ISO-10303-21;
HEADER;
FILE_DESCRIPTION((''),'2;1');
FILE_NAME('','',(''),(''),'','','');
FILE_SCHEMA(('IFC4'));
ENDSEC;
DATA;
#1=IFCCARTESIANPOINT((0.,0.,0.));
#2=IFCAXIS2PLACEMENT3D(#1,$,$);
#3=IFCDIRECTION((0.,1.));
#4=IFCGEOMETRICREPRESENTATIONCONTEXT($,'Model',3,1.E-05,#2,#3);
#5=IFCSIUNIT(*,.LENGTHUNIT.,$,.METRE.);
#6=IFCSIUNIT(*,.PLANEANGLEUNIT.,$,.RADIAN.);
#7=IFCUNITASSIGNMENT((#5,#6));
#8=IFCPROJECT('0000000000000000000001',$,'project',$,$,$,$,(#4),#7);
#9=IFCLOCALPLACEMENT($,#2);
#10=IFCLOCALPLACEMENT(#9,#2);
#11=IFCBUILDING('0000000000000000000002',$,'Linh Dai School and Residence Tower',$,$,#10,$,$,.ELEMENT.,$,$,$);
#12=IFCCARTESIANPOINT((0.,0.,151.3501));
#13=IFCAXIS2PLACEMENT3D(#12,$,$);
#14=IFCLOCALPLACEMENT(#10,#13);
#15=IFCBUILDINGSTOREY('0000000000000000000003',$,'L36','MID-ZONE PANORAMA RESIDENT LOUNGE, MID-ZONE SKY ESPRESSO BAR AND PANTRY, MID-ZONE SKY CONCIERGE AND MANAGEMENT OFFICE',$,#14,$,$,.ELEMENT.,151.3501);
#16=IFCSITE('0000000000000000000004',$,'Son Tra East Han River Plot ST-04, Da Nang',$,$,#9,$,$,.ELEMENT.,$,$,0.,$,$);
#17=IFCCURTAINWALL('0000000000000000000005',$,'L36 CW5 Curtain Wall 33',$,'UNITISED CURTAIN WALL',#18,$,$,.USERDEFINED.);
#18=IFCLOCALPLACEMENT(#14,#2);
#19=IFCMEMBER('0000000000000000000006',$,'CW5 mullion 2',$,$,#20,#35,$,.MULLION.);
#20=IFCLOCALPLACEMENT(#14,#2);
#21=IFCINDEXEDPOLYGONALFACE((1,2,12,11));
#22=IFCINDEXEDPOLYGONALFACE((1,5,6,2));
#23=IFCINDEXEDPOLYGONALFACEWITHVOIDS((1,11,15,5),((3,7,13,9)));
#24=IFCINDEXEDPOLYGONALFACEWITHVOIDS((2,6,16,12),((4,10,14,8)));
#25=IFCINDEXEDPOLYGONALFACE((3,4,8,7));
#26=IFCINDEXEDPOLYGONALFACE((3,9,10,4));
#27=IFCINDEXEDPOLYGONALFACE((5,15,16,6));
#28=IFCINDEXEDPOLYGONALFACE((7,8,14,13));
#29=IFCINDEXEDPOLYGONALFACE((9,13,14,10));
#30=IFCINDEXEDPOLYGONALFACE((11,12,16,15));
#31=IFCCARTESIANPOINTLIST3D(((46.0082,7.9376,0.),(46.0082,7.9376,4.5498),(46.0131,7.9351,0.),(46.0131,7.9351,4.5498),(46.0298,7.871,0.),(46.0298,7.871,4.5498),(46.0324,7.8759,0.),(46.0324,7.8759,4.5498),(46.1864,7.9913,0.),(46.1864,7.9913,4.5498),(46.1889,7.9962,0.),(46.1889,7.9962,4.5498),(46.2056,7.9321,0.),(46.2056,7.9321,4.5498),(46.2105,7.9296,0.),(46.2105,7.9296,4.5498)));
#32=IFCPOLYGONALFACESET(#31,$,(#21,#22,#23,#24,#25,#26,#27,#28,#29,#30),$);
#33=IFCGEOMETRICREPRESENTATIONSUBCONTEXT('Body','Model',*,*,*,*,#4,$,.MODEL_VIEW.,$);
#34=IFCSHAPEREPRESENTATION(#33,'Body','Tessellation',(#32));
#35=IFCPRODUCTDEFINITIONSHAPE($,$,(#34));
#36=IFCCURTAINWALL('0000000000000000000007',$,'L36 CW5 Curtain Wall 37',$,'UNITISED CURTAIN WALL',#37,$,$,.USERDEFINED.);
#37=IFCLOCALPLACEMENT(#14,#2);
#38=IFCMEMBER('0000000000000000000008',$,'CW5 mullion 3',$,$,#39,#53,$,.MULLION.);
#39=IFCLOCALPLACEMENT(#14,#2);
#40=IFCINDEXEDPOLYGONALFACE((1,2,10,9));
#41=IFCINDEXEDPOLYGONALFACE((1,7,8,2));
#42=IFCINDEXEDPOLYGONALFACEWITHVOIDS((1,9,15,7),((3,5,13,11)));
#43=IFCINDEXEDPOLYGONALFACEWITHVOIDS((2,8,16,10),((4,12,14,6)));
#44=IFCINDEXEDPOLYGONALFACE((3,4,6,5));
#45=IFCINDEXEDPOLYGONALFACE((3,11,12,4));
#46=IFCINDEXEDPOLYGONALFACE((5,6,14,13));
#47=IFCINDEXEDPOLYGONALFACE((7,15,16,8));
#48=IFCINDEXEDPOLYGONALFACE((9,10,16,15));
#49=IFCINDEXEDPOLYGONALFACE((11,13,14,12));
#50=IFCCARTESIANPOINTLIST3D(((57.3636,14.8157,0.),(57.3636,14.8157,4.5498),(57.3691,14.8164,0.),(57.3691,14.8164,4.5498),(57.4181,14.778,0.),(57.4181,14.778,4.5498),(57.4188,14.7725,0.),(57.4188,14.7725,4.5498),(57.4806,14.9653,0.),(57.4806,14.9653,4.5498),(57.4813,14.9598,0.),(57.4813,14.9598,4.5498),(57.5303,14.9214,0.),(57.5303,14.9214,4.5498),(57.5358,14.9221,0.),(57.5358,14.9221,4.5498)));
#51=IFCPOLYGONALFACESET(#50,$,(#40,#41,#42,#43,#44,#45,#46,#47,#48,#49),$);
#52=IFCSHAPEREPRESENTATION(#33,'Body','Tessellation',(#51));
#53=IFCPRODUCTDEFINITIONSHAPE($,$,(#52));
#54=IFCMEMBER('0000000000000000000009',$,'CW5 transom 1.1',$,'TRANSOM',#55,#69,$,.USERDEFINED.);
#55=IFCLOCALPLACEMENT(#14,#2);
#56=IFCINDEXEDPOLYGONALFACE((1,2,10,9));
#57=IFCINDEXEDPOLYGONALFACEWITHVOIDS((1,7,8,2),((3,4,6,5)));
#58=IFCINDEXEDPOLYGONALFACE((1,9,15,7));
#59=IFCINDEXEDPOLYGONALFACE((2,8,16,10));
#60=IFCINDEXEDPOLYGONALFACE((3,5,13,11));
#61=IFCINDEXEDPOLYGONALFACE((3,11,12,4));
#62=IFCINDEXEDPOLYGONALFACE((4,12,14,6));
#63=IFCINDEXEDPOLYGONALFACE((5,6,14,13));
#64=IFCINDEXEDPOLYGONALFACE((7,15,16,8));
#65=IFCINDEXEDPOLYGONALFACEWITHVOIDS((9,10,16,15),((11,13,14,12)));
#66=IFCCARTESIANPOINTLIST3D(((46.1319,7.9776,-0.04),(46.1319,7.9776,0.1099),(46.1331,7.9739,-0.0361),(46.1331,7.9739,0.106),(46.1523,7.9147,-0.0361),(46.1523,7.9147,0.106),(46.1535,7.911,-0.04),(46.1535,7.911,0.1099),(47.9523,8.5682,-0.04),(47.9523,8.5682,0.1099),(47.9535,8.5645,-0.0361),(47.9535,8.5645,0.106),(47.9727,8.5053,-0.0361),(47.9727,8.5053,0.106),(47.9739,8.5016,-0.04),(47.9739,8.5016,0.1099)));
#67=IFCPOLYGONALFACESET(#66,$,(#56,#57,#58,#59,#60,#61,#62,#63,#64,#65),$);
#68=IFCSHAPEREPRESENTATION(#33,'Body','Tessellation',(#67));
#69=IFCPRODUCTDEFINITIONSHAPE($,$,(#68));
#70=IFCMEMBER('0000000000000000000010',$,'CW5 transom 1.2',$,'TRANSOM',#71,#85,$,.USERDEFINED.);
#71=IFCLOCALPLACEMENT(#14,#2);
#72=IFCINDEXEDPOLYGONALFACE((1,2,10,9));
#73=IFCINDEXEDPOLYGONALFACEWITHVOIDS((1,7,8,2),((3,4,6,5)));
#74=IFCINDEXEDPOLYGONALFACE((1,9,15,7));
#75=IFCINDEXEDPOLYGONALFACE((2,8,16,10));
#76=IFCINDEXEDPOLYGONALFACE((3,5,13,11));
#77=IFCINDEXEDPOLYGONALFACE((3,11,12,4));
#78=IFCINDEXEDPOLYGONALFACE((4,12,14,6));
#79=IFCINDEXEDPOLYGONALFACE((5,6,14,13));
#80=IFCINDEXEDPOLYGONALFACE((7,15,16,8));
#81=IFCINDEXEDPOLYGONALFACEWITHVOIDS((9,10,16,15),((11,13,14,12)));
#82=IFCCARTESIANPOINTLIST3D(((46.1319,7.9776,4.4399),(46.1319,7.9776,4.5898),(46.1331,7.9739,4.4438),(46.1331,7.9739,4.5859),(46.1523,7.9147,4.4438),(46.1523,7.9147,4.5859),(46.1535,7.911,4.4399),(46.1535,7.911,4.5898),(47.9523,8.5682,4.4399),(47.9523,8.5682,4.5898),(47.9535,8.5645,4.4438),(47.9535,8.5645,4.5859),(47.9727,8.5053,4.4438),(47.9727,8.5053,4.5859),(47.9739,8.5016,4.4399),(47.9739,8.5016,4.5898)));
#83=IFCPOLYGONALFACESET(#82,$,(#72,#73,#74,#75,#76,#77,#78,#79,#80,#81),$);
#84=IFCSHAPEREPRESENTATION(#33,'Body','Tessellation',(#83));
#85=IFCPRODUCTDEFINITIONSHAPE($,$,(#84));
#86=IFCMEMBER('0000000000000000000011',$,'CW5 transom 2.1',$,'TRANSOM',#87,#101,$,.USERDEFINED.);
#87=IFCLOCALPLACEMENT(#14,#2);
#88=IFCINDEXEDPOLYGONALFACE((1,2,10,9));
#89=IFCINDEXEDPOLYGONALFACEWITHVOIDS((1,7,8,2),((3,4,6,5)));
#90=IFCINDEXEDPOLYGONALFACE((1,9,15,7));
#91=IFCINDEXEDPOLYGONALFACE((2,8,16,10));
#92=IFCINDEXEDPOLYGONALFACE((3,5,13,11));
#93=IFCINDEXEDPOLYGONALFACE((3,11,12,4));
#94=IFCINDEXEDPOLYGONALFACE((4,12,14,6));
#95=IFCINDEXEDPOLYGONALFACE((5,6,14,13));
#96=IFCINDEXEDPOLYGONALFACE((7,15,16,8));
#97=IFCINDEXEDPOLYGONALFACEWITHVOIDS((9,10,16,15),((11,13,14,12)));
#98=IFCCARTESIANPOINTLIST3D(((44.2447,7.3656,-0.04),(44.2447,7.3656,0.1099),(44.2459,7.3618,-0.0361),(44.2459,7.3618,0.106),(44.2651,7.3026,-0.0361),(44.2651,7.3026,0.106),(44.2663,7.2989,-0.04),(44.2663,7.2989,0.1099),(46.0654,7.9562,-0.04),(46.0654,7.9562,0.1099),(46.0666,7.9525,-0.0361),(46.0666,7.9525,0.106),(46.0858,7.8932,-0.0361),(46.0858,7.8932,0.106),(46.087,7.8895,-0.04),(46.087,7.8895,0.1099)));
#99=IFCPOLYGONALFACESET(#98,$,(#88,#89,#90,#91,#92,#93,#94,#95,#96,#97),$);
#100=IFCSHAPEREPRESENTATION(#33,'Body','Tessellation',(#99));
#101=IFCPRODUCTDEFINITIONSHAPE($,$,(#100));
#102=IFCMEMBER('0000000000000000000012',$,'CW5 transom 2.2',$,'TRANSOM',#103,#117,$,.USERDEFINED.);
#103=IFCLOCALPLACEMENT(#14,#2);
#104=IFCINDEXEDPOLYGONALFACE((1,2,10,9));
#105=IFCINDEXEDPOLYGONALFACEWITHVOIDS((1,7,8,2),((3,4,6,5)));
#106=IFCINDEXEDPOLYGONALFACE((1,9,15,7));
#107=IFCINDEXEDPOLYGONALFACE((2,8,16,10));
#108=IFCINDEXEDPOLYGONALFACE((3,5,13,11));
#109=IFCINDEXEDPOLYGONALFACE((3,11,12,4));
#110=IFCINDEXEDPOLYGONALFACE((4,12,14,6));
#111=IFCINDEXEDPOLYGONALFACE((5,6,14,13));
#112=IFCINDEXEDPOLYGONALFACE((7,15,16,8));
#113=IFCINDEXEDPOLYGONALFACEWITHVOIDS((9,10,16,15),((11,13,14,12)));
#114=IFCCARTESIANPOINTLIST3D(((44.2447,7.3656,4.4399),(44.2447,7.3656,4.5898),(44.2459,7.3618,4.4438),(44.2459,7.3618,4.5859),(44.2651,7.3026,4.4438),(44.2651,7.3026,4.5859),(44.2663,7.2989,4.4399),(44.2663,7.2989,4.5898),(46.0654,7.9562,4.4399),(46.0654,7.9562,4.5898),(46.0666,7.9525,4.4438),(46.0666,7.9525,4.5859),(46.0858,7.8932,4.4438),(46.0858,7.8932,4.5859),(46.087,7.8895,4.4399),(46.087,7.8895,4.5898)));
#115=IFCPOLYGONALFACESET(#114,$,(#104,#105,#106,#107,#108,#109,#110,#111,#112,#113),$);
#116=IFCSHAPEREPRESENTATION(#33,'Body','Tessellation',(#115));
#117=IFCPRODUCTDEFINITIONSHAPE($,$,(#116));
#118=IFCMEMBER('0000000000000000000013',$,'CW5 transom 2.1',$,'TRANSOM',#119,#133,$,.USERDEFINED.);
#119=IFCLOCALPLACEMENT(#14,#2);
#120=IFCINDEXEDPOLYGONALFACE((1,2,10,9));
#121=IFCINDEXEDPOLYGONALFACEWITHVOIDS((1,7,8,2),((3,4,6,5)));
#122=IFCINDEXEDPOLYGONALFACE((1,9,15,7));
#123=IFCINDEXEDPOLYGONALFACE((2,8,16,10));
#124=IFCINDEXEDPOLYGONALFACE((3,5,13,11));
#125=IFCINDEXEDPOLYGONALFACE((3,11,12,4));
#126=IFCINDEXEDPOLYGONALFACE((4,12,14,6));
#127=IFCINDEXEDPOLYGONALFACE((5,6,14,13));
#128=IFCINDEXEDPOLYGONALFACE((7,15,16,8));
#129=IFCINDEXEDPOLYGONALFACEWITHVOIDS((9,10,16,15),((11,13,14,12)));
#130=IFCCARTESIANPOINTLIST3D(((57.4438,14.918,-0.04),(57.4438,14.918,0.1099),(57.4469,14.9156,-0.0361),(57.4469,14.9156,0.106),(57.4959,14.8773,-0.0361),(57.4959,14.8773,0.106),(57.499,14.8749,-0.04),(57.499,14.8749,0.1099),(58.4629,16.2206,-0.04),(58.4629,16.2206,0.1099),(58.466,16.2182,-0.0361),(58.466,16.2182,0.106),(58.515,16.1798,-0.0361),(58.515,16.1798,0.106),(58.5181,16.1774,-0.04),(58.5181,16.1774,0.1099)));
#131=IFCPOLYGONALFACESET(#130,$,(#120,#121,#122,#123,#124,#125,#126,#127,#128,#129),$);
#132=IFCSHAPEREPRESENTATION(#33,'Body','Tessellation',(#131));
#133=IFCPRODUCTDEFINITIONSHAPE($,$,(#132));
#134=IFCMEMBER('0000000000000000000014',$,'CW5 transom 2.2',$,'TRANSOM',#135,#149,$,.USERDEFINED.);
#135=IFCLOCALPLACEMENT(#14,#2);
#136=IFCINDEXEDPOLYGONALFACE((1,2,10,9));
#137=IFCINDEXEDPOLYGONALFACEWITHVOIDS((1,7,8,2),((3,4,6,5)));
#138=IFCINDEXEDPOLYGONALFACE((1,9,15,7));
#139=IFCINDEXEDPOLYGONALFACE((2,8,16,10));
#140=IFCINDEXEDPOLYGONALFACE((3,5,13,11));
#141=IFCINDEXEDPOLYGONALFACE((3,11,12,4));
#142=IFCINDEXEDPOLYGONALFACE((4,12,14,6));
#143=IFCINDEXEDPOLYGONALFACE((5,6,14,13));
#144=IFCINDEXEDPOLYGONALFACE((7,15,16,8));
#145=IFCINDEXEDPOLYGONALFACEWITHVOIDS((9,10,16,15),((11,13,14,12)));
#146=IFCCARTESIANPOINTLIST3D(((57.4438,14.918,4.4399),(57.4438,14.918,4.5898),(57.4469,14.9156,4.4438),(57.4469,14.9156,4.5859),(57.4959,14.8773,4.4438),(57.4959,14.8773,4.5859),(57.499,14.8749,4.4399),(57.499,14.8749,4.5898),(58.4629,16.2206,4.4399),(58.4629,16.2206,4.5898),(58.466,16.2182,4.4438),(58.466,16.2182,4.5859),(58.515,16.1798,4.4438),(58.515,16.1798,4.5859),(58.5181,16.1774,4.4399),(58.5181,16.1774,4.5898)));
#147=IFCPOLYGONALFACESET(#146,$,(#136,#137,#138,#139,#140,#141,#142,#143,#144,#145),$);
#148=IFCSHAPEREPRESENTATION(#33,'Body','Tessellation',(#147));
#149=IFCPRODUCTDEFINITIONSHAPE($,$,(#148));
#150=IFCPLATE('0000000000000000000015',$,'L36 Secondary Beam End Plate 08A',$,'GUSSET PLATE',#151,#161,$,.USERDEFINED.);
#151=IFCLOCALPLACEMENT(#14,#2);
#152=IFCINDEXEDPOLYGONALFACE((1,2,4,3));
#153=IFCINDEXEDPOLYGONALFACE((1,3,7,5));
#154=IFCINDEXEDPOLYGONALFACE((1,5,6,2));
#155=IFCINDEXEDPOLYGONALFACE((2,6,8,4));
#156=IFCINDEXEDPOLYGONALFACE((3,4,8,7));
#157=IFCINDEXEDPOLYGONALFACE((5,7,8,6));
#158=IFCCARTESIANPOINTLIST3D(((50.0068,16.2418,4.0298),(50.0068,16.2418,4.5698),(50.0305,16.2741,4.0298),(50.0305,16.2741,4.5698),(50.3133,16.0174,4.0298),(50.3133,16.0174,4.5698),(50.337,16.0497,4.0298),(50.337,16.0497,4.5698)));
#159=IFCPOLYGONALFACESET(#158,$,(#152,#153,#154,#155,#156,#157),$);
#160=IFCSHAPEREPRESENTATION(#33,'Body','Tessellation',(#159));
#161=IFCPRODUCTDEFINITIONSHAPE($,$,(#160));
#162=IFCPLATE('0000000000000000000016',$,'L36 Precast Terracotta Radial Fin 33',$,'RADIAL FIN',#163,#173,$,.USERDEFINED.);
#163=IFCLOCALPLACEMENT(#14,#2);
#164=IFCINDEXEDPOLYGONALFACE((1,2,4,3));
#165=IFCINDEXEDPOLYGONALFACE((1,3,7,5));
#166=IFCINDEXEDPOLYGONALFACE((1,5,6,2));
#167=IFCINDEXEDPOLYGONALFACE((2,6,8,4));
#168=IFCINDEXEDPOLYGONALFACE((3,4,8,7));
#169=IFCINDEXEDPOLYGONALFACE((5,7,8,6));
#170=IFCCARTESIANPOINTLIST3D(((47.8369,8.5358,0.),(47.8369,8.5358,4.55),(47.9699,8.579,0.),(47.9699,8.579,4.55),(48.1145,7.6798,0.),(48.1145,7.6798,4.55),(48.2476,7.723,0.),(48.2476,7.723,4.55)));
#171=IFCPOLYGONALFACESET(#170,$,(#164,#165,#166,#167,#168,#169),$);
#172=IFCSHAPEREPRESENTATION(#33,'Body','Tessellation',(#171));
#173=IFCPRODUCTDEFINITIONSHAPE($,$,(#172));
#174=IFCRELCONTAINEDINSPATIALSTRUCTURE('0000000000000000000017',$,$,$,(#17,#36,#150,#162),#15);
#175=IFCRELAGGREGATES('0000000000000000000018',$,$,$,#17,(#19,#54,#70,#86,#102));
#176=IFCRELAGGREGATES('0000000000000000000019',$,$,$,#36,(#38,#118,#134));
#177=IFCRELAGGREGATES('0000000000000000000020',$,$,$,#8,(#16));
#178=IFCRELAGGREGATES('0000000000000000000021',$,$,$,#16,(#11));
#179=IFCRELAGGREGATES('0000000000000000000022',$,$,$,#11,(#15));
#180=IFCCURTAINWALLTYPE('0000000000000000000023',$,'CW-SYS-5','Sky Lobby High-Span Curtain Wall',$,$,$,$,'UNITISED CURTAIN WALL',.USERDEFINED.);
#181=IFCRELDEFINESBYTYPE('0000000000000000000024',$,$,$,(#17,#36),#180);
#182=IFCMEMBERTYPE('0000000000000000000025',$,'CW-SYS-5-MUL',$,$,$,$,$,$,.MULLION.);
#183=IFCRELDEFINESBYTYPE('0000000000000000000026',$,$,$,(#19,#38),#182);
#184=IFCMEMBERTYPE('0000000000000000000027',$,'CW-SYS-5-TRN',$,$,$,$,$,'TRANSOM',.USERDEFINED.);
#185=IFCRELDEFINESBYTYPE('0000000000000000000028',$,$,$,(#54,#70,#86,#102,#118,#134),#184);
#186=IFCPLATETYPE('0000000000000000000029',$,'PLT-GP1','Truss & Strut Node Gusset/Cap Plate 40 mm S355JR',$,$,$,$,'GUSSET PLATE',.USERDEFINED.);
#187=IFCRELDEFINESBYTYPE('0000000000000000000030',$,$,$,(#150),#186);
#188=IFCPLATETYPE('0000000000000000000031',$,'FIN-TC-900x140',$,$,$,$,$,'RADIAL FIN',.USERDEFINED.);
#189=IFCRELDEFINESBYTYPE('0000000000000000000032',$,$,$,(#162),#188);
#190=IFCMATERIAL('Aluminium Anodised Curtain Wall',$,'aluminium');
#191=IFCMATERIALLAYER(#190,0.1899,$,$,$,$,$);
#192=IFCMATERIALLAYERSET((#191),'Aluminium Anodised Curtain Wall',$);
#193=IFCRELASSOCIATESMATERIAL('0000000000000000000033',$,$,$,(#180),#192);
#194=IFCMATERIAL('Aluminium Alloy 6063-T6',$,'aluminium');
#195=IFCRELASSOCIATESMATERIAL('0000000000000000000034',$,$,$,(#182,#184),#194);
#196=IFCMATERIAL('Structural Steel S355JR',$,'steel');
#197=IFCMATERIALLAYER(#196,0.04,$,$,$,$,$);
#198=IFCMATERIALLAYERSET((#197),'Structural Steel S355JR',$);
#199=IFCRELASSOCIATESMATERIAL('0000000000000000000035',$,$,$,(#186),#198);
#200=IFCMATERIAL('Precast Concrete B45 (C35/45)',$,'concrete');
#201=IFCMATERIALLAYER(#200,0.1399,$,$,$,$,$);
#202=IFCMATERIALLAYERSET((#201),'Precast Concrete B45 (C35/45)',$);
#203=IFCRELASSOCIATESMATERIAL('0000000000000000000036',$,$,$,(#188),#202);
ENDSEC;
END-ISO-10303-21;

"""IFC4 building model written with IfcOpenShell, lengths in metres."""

from ifc_helpers import new_model, si_unit, direction, frame, origin, origin_2d, place, context, subcontext, project, spatial, rectangle, hollow_rectangle, extrude, source, transform, mapped, material, layer, layer_set, material_profile, profile_set, type_object, element, aggregate, save


model = new_model("IFC4")

# Units and contexts
model_context = context("Model", 3, precision=1e-05, world=origin(), true_north=direction((0.0, 1.0)))
body_context = subcontext(model_context, "Body", "Model", "MODEL_VIEW")
ifc_project = project(units=[si_unit("LENGTHUNIT", "METRE"), si_unit("PLANEANGLEUNIT", "RADIAN")], contexts=[model_context])

# Site, building, storey
site_placement = place(None, origin())
site = spatial("IfcSite", under=ifc_project, at=site_placement, Name="Son Tra East Han River Plot ST-04, Da Nang", CompositionType="ELEMENT", RefElevation=0.0)
building_placement = place(site_placement, origin())
building = spatial("IfcBuilding", under=site, at=building_placement, Name="Linh Dai School and Residence Tower", CompositionType="ELEMENT")
storey_placement = place(building_placement, frame((0.0, 0.0, 151.3501)))
storey = spatial("IfcBuildingStorey", under=building, at=storey_placement, Name="L36", Description="MID-ZONE PANORAMA RESIDENT LOUNGE, MID-ZONE SKY ESPRESSO BAR AND PANTRY, MID-ZONE SKY CONCIERGE AND MANAGEMENT OFFICE", CompositionType="ELEMENT", Elevation=151.3501)

# Shared definitions
ifc_material_1 = material(Name="Structural Steel S355JR", Category="steel")

# Curtain wall, member
ifc_material_2 = material(Name="Aluminium Anodised Curtain Wall", Category="aluminium")
ifc_layer_1 = layer(ifc_material_2, 0.1899)
ifc_layer_set_1 = layer_set([ifc_layer_1], Name="Aluminium Anodised Curtain Wall")
curtain_wall_type = type_object("IfcCurtainWallType", Name="CW-SYS-5", Description="Sky Lobby High-Span Curtain Wall", ElementType="UNITISED CURTAIN WALL", PredefinedType="USERDEFINED", material=ifc_layer_set_1)
curtain_wall_1_placement = place(storey_placement, origin())
curtain_wall_1 = element("IfcCurtainWall", 1, at=curtain_wall_1_placement, inside=storey, type_object=curtain_wall_type, Name="L36 CW5 Curtain Wall 33", ObjectType="UNITISED CURTAIN WALL", PredefinedType="USERDEFINED")
ifc_material_3 = material(Name="Aluminium Alloy 6063-T6", Category="aluminium")
ifc_material_profile_1 = material_profile(ifc_material_3, hollow_rectangle(XDim=0.0701, YDim=0.1899, WallThickness=0.0039, at=origin_2d()), Name="RHS 190x70x4")
ifc_profile_set_1 = profile_set([ifc_material_profile_1], Name="Aluminium Alloy 6063-T6")
member_type_1 = type_object("IfcMemberType", Name="CW-SYS-5-MUL", PredefinedType="MULLION", material=ifc_profile_set_1)
shared_shape_1 = source(origin(), body_context, "Body", "SweptSolid", [
    extrude(hollow_rectangle(XDim=0.0701, YDim=0.1899, WallThickness=0.0039, at=origin_2d()), origin(), (0.0, 0.0, 1.0), 4.5498),
])
member_1_placement = place(storey_placement, frame((46.1094, 7.9336, 0.0), z_axis=(0.0, 0.0, 1.0), x_axis=(0.308536, -0.951213, 0.0)))
member_1 = element("IfcMember", 2, at=member_1_placement, type_object=member_type_1, Name="CW5 mullion 2", PredefinedType="MULLION", context=body_context, shape_type="MappedRepresentation", body=[
    mapped(shared_shape_1, transform((0.0, 0.0, 0.0), x_axis=(1.0, 0.0, 0.0), y_axis=(0.0, 1.0, 0.0), z_axis=(0.0, 0.0, 1.0), scale=1.0)),
])

# Curtain wall, member
curtain_wall_2_placement = place(storey_placement, origin())
curtain_wall_2 = element("IfcCurtainWall", 3, at=curtain_wall_2_placement, inside=storey, type_object=curtain_wall_type, Name="L36 CW5 Curtain Wall 37", ObjectType="UNITISED CURTAIN WALL", PredefinedType="USERDEFINED")
member_2_placement = place(storey_placement, frame((57.4497, 14.8689, 0.0), z_axis=(0.0, 0.0, 1.0), x_axis=(0.787522, -0.616286, 0.0)))
member_2 = element("IfcMember", 4, at=member_2_placement, type_object=member_type_1, Name="CW5 mullion 3", PredefinedType="MULLION", context=body_context, shape_type="MappedRepresentation", body=[
    mapped(shared_shape_1, transform((0.0, 0.0, 0.0), x_axis=(1.0, 0.0, 0.0), y_axis=(0.0, 1.0, 0.0), z_axis=(0.0, 0.0, 1.0), scale=1.0)),
])

# Members
ifc_material_profile_2 = material_profile(ifc_material_3, hollow_rectangle(XDim=0.0701, YDim=0.1499, WallThickness=0.0039, at=origin_2d()), Name="RHS 150x70x4")
ifc_profile_set_2 = profile_set([ifc_material_profile_2], Name="Aluminium Alloy 6063-T6")
member_type_2 = type_object("IfcMemberType", Name="CW-SYS-5-TRN", ElementType="TRANSOM", PredefinedType="USERDEFINED", material=ifc_profile_set_2)
shared_shape_2 = source(origin(), body_context, "Body", "SweptSolid", [
    extrude(hollow_rectangle(XDim=0.0701, YDim=0.1499, WallThickness=0.0039, at=origin_2d()), origin(), (0.0, 0.0, 1.0), 1.9138),
])
member_3_placement = place(storey_placement, frame((47.9631, 8.5349, 0.0349), z_axis=(-0.951191, -0.308601, 0.0), x_axis=(0.308601, -0.951191, 0.0)))
member_3 = element("IfcMember", 5, at=member_3_placement, type_object=member_type_2, Name="CW5 transom 1.1", ObjectType="TRANSOM", PredefinedType="USERDEFINED", context=body_context, shape_type="MappedRepresentation", body=[
    mapped(shared_shape_2, transform((0.0, 0.0, 0.0), x_axis=(1.0, 0.0, 0.0), y_axis=(0.0, 1.0, 0.0), z_axis=(0.0, 0.0, 1.0), scale=1.0)),
])
member_4_placement = place(storey_placement, frame((47.9631, 8.5349, 4.5149), z_axis=(-0.951191, -0.308601, 0.0), x_axis=(0.308601, -0.951191, 0.0)))
member_4 = element("IfcMember", 6, at=member_4_placement, type_object=member_type_2, Name="CW5 transom 1.2", ObjectType="TRANSOM", PredefinedType="USERDEFINED", context=body_context, shape_type="MappedRepresentation", body=[
    mapped(shared_shape_2, transform((0.0, 0.0, 0.0), x_axis=(1.0, 0.0, 0.0), y_axis=(0.0, 1.0, 0.0), z_axis=(0.0, 0.0, 1.0), scale=1.0)),
])
shared_shape_3 = source(origin(), body_context, "Body", "SweptSolid", [
    extrude(hollow_rectangle(XDim=0.0701, YDim=0.1499, WallThickness=0.0039, at=origin_2d()), origin(), (0.0, 0.0, 1.0), 1.9141),
])
member_5_placement = place(storey_placement, frame((46.0762, 7.9229, 0.0349), z_axis=(-0.951204, -0.308564, 0.0), x_axis=(0.308564, -0.951204, 0.0)))
member_5 = element("IfcMember", 7, at=member_5_placement, type_object=member_type_2, Name="CW5 transom 2.1", ObjectType="TRANSOM", PredefinedType="USERDEFINED", context=body_context, shape_type="MappedRepresentation", body=[
    mapped(shared_shape_3, transform((0.0, 0.0, 0.0), x_axis=(1.0, 0.0, 0.0), y_axis=(0.0, 1.0, 0.0), z_axis=(0.0, 0.0, 1.0), scale=1.0)),
])
member_6_placement = place(storey_placement, frame((46.0762, 7.9229, 4.5149), z_axis=(-0.951204, -0.308564, 0.0), x_axis=(0.308564, -0.951204, 0.0)))
member_6 = element("IfcMember", 8, at=member_6_placement, type_object=member_type_2, Name="CW5 transom 2.2", ObjectType="TRANSOM", PredefinedType="USERDEFINED", context=body_context, shape_type="MappedRepresentation", body=[
    mapped(shared_shape_3, transform((0.0, 0.0, 0.0), x_axis=(1.0, 0.0, 0.0), y_axis=(0.0, 1.0, 0.0), z_axis=(0.0, 0.0, 1.0), scale=1.0)),
])
shared_shape_4 = source(origin(), body_context, "Body", "SweptSolid", [
    extrude(hollow_rectangle(XDim=0.0701, YDim=0.1499, WallThickness=0.0039, at=origin_2d()), origin(), (0.0, 0.0, 1.0), 1.6538),
])
member_7_placement = place(storey_placement, frame((58.4905, 16.199, 0.0349), z_axis=(-0.616197, -0.787592, 0.0), x_axis=(0.787592, -0.616197, 0.0)))
member_7 = element("IfcMember", 9, at=member_7_placement, type_object=member_type_2, Name="CW5 transom 2.1", ObjectType="TRANSOM", PredefinedType="USERDEFINED", context=body_context, shape_type="MappedRepresentation", body=[
    mapped(shared_shape_4, transform((0.0, 0.0, 0.0), x_axis=(1.0, 0.0, 0.0), y_axis=(0.0, 1.0, 0.0), z_axis=(0.0, 0.0, 1.0), scale=1.0)),
])
member_8_placement = place(storey_placement, frame((58.4905, 16.199, 4.5149), z_axis=(-0.616197, -0.787592, 0.0), x_axis=(0.787592, -0.616197, 0.0)))
member_8 = element("IfcMember", 10, at=member_8_placement, type_object=member_type_2, Name="CW5 transom 2.2", ObjectType="TRANSOM", PredefinedType="USERDEFINED", context=body_context, shape_type="MappedRepresentation", body=[
    mapped(shared_shape_4, transform((0.0, 0.0, 0.0), x_axis=(1.0, 0.0, 0.0), y_axis=(0.0, 1.0, 0.0), z_axis=(0.0, 0.0, 1.0), scale=1.0)),
])

# Plates
ifc_layer_2 = layer(ifc_material_1, 0.04)
ifc_layer_set_2 = layer_set([ifc_layer_2], Name="Structural Steel S355JR")
plate_type_1 = type_object("IfcPlateType", Name="PLT-GP1", Description="Truss & Strut Node Gusset/Cap Plate 40 mm S355JR", ElementType="GUSSET PLATE", PredefinedType="USERDEFINED", material=ifc_layer_set_2)
shared_shape_5 = source(origin(), body_context, "Body", "SweptSolid", [
    extrude(rectangle(XDim=0.04, YDim=0.3799, at=origin_2d()), origin(), (0.0, 0.0, 1.0), 0.54),
])
plate_1_placement = place(storey_placement, frame((50.1719, 16.1458, 4.0298), z_axis=(0.0, 0.0, 1.0), x_axis=(0.590797, 0.80682, 0.0)))
element("IfcPlate", 11, at=plate_1_placement, inside=storey, type_object=plate_type_1, Name="L36 Secondary Beam End Plate 08A", ObjectType="GUSSET PLATE", PredefinedType="USERDEFINED", context=body_context, shape_type="MappedRepresentation", body=[
    mapped(shared_shape_5, transform((0.0, 0.0, 0.0), x_axis=(1.0, 0.0, 0.0), y_axis=(0.0, 1.0, 0.0), z_axis=(0.0, 0.0, 1.0), scale=1.0)),
])
ifc_material_4 = material(Name="Precast Concrete B45 (C35/45)", Category="concrete")
ifc_layer_3 = layer(ifc_material_4, 0.1399)
ifc_layer_set_3 = layer_set([ifc_layer_3], Name="Precast Concrete B45 (C35/45)")
plate_type_2 = type_object("IfcPlateType", Name="FIN-TC-900x140", ElementType="RADIAL FIN", PredefinedType="USERDEFINED", material=ifc_layer_set_3)
shared_shape_6 = source(origin(), body_context, "Body", "SweptSolid", [
    extrude(rectangle(XDim=0.8999, YDim=0.1399, at=origin_2d()), origin(), (0.0, 0.0, 1.0), 4.55),
])
plate_2_placement = place(storey_placement, frame((48.0422, 8.1294, 0.0), z_axis=(0.0, 0.0, 1.0), x_axis=(0.308536, -0.951213, 0.0)))
element("IfcPlate", 12, at=plate_2_placement, inside=storey, type_object=plate_type_2, Name="L36 Precast Terracotta Radial Fin 33", ObjectType="RADIAL FIN", PredefinedType="USERDEFINED", context=body_context, shape_type="MappedRepresentation", body=[
    mapped(shared_shape_6, transform((0.0, 0.0, 0.0), x_axis=(1.0, 0.0, 0.0), y_axis=(0.0, 1.0, 0.0), z_axis=(0.0, 0.0, 1.0), scale=1.0)),
])

aggregate(curtain_wall_1, [member_1, member_3, member_4, member_5, member_6])
aggregate(curtain_wall_2, [member_2, member_7, member_8])

save(model, "model.ifc")
